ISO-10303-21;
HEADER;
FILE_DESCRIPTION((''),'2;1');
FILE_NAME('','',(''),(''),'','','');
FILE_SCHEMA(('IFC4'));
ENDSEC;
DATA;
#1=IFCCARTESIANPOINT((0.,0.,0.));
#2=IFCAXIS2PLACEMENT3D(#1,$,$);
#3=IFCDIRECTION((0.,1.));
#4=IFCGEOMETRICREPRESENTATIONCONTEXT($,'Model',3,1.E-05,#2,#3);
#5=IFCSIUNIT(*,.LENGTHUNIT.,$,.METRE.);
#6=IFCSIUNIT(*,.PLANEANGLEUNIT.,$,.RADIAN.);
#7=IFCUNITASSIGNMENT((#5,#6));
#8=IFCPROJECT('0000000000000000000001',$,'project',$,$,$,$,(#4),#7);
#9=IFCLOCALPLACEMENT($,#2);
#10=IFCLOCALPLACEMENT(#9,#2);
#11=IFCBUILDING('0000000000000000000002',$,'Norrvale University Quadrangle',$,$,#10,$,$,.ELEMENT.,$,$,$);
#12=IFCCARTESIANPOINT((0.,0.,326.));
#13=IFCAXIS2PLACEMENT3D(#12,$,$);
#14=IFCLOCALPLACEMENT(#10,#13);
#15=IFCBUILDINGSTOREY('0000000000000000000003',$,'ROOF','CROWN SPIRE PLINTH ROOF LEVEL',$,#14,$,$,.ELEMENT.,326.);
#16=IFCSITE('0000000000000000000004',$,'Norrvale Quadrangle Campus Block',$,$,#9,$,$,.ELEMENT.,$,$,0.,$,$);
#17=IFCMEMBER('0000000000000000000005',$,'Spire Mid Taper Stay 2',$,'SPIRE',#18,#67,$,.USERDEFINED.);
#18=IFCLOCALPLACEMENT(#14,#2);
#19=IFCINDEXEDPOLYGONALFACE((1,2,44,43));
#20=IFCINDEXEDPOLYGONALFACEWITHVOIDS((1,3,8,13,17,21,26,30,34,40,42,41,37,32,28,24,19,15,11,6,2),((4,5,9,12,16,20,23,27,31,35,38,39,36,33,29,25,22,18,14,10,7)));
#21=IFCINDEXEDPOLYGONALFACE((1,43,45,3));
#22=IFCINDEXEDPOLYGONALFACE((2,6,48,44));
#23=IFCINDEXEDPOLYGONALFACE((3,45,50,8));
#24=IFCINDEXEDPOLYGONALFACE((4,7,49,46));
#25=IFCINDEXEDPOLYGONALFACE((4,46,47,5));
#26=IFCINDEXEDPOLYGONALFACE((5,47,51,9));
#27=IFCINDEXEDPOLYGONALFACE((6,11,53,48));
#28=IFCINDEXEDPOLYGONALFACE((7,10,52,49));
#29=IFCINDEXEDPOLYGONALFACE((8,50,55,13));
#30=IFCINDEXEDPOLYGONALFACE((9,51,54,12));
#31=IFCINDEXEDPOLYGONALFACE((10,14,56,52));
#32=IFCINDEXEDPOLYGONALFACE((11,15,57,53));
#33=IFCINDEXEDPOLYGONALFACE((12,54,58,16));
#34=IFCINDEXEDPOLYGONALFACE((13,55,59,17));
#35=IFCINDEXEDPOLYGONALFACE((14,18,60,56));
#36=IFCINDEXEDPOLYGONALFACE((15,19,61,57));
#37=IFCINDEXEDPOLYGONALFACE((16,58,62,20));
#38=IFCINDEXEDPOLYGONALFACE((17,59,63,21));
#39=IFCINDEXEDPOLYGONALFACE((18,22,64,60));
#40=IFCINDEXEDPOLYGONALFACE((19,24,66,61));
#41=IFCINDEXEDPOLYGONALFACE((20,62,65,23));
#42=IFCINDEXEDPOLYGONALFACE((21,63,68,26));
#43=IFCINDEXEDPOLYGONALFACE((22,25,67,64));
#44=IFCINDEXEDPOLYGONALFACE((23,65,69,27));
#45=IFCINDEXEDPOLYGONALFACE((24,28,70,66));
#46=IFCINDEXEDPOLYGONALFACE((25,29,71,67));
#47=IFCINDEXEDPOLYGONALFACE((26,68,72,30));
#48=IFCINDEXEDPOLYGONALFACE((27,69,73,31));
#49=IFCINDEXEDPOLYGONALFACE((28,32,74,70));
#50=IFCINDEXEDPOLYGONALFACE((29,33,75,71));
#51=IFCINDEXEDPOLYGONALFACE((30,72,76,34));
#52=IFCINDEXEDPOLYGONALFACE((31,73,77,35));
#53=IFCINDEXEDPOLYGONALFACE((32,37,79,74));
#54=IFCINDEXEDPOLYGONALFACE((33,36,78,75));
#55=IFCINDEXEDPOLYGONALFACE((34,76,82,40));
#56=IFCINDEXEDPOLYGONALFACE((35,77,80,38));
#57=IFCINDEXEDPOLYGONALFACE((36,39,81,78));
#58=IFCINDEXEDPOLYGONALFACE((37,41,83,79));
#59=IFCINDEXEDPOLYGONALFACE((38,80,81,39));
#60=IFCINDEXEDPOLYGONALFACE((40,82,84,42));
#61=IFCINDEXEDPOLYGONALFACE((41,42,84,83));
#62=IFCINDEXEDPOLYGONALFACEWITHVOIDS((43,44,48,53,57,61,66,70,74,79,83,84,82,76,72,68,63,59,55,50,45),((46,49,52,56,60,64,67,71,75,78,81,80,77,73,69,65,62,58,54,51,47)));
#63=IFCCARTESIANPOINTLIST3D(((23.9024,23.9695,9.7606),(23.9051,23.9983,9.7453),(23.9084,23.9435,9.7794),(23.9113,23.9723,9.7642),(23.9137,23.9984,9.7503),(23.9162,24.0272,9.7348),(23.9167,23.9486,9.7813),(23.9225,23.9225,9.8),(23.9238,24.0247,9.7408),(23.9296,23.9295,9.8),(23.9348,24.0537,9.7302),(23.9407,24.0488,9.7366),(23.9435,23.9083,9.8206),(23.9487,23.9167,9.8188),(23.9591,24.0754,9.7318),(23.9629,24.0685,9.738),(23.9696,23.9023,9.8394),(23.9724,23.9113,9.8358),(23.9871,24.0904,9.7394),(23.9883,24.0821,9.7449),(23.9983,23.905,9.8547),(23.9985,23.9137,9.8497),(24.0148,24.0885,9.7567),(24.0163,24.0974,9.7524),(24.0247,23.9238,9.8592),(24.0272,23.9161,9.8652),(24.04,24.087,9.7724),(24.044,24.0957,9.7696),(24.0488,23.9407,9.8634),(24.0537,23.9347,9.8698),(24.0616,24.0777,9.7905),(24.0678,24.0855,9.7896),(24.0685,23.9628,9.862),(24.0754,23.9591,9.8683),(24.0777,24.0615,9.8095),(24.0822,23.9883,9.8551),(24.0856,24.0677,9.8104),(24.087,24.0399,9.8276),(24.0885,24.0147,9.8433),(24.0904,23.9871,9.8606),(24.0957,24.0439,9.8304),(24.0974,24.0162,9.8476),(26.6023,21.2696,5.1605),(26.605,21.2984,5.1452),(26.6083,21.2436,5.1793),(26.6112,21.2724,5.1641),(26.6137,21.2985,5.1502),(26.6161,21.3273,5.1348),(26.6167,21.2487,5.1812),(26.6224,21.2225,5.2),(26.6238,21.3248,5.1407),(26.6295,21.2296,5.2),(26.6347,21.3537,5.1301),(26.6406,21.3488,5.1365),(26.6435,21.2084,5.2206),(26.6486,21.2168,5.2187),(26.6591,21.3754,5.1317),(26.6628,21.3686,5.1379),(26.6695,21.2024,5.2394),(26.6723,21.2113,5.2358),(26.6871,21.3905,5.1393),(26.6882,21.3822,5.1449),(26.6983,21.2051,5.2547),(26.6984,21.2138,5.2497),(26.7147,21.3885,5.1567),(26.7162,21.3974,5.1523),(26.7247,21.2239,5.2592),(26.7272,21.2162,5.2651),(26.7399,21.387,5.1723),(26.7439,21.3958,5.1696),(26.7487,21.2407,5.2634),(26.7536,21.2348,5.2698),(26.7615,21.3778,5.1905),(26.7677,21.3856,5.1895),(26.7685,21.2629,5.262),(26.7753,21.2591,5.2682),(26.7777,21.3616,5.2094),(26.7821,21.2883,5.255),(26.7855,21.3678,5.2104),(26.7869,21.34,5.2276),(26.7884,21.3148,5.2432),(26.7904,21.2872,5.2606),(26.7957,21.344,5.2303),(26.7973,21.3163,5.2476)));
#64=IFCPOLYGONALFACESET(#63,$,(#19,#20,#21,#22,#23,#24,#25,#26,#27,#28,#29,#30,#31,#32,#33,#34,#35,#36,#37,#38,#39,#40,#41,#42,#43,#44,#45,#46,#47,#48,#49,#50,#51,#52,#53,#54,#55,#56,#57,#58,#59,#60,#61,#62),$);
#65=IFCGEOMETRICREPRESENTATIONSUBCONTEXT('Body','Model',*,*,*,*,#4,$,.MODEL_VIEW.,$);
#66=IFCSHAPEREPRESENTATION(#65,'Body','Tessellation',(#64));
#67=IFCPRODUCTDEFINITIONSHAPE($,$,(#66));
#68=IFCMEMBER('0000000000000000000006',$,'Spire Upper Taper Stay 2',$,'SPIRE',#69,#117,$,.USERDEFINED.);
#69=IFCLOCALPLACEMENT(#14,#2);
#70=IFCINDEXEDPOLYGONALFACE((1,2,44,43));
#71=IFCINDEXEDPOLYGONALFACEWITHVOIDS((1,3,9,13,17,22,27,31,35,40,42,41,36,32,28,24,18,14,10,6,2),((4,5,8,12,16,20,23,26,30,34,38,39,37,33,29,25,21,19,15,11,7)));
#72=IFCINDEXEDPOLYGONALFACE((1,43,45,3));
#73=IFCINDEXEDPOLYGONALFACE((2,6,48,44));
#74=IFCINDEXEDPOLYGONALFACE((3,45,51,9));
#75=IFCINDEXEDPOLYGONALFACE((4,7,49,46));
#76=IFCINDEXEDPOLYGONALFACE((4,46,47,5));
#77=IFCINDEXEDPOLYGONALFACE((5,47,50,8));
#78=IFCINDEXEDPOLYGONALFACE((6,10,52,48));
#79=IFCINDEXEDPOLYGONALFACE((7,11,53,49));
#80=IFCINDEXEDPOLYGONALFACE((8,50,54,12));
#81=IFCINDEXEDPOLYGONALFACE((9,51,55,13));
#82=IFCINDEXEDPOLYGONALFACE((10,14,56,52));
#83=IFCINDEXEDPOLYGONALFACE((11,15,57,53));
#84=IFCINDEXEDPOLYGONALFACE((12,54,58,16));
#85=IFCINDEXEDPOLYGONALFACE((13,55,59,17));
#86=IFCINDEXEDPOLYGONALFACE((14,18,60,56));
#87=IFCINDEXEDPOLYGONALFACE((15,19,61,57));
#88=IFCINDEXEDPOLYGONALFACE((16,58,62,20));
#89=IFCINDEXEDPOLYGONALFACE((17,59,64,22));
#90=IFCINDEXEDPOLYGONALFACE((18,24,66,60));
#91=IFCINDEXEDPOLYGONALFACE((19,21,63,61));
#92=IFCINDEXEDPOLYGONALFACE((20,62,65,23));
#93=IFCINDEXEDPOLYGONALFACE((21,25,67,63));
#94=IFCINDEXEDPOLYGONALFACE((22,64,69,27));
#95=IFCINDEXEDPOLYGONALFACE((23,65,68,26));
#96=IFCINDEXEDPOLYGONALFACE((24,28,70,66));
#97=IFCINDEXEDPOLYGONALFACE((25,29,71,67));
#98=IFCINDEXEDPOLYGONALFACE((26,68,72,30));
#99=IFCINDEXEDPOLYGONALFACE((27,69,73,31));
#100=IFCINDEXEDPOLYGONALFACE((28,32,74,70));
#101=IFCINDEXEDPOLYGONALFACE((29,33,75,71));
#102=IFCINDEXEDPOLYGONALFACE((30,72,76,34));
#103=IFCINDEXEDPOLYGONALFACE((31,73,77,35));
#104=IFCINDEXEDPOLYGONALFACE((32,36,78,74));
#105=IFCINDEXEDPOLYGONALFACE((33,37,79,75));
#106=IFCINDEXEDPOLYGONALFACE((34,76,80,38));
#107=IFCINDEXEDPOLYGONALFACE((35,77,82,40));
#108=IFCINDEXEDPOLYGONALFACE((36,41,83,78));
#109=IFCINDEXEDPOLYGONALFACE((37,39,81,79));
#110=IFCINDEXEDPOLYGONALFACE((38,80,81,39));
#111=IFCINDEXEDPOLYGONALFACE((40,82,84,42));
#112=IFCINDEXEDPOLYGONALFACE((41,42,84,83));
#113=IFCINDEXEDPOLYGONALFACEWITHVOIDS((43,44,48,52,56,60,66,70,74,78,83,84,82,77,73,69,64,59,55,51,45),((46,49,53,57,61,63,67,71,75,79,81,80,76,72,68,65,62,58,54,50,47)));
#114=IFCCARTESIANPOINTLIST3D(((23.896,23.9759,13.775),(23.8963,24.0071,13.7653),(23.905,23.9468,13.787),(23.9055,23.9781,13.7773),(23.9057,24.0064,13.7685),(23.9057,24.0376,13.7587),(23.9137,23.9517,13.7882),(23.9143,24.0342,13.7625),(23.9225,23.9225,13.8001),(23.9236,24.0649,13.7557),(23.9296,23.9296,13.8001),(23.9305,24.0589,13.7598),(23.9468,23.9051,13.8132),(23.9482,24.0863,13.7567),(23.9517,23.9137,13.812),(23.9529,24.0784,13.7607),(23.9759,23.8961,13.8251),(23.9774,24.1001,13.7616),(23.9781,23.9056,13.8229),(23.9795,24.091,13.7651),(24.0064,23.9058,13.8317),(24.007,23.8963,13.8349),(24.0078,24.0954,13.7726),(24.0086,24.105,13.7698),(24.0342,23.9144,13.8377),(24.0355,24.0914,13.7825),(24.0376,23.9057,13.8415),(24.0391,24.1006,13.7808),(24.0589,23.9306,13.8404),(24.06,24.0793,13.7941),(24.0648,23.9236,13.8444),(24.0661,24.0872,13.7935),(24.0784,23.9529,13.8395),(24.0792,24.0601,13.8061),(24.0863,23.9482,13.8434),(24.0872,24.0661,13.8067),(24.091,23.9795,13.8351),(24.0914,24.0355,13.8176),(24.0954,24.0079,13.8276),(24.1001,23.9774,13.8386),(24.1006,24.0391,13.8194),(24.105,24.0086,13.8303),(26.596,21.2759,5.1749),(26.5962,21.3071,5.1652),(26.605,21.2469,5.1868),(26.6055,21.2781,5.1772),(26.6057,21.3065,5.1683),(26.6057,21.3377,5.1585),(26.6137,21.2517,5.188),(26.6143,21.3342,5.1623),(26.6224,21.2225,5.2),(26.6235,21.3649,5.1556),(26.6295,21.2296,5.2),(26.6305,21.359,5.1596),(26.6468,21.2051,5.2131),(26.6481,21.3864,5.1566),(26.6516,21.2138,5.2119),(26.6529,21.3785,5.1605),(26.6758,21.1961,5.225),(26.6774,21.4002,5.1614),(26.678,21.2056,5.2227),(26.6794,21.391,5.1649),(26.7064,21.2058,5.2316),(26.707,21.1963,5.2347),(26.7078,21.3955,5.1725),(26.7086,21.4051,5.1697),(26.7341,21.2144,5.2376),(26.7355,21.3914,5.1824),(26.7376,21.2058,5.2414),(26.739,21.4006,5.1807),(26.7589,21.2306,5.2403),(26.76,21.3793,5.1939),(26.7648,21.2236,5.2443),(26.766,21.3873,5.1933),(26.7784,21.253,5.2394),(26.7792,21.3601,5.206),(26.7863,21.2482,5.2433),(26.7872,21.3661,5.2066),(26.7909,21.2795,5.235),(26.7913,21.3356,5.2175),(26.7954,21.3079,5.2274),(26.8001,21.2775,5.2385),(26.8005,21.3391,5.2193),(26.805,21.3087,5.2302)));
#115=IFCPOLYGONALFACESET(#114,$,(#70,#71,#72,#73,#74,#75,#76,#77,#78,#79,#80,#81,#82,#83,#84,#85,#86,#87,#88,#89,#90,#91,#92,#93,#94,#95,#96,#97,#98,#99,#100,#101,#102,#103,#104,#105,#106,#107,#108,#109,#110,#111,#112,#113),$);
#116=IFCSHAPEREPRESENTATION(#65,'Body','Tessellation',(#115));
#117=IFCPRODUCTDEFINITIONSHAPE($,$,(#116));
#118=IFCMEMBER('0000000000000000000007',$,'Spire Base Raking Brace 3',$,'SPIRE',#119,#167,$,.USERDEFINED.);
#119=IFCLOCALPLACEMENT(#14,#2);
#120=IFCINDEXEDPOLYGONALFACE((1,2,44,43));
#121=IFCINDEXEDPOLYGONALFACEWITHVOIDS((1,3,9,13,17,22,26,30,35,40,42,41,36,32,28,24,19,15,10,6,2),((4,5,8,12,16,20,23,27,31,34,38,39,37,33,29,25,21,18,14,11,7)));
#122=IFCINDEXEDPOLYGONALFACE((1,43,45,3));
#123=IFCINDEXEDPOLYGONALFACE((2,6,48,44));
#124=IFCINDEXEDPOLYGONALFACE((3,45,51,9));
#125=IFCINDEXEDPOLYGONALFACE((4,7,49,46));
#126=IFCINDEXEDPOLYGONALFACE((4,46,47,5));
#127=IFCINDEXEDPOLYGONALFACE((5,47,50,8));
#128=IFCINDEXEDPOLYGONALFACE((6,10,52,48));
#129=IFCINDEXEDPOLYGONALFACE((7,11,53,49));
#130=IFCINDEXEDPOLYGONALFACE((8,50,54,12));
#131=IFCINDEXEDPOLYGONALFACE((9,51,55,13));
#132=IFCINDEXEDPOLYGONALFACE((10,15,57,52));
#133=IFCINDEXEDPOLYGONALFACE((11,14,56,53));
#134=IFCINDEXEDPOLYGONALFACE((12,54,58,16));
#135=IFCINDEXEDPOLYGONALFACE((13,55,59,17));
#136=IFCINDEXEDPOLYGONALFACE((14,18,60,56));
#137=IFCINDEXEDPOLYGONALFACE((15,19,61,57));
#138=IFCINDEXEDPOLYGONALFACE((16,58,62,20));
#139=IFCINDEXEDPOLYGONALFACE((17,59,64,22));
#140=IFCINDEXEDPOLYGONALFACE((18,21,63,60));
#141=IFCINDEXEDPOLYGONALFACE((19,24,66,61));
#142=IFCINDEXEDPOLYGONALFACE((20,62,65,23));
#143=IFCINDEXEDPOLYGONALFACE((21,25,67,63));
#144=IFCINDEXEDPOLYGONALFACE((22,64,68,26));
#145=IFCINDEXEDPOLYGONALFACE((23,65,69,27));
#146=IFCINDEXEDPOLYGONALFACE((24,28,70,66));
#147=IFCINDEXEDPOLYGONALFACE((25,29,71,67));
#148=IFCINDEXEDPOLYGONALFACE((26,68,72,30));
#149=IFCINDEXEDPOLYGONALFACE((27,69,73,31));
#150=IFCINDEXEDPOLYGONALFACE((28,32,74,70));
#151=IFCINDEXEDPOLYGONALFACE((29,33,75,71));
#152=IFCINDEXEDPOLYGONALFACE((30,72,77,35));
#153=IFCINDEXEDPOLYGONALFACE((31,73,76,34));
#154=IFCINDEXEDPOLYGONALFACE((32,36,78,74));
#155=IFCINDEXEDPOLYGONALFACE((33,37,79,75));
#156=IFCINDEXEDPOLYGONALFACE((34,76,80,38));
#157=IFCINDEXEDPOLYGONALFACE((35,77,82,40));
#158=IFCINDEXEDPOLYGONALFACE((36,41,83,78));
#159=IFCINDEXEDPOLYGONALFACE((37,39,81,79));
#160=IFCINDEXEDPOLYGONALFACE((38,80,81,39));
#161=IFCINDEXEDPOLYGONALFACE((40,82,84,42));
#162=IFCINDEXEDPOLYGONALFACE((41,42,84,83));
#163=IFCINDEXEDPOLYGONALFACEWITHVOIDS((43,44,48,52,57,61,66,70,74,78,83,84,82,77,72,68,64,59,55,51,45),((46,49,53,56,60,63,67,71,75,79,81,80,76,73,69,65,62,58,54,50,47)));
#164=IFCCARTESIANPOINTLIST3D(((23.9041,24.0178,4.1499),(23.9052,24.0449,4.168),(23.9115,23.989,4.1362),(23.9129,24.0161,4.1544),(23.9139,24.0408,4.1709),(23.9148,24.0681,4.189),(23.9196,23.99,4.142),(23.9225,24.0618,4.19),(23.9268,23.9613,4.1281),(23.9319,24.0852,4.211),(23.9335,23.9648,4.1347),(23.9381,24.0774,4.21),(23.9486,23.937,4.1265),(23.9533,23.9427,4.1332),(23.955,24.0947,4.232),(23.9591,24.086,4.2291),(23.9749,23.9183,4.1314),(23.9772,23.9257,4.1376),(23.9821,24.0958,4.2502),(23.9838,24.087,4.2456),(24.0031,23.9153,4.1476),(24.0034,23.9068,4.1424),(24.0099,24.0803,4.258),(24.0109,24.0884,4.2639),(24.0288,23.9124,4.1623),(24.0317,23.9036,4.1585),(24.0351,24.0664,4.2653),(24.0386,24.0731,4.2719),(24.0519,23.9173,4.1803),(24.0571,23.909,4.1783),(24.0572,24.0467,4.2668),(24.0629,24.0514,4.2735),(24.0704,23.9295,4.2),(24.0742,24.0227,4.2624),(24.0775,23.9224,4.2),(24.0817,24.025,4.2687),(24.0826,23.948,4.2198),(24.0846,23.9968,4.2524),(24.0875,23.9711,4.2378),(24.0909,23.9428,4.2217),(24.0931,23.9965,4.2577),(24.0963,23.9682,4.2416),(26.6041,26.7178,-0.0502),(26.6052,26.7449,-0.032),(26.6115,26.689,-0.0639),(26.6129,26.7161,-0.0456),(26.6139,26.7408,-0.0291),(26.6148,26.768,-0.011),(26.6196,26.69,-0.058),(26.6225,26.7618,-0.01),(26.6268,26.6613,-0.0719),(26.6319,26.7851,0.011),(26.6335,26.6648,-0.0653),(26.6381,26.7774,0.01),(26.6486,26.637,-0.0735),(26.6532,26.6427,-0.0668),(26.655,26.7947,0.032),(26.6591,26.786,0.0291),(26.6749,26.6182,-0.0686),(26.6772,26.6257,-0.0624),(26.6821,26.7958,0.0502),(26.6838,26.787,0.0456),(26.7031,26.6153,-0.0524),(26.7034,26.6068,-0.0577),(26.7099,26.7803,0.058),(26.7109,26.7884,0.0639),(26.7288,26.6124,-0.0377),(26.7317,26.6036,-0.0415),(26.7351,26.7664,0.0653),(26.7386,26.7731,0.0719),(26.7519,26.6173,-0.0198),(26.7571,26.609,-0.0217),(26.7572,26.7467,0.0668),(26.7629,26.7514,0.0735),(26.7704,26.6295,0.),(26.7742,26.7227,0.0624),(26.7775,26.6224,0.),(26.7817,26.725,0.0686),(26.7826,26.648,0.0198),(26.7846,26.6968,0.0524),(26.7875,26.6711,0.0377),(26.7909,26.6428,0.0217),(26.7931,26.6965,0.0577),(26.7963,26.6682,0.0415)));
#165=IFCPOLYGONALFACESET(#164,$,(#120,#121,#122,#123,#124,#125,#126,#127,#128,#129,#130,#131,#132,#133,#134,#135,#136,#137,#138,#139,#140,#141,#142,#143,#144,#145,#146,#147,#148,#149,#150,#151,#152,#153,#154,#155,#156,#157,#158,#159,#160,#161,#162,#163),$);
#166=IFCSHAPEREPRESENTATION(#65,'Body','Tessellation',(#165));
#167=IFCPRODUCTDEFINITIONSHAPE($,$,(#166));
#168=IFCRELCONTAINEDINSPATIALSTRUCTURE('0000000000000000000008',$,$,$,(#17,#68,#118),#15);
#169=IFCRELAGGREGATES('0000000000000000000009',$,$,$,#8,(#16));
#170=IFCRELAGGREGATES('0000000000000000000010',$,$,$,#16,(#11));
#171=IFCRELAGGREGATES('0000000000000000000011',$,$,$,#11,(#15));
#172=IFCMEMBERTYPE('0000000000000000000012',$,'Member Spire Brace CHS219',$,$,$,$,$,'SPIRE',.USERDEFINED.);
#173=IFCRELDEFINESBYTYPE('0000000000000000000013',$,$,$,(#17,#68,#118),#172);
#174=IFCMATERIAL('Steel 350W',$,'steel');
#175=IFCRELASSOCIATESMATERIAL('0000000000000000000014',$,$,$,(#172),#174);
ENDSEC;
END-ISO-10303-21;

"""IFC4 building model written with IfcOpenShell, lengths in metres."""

from ifc_helpers import new_model, si_unit, direction, frame, origin, origin_2d, place, context, subcontext, project, spatial, hollow_circle, extrude, material, material_profile, profile_set, type_object, element, save


model = new_model("IFC4")

# Units and contexts
model_context = context("Model", 3, precision=1e-05, world=origin(), true_north=direction((0.0, 1.0)))
body_context = subcontext(model_context, "Body", "Model", "MODEL_VIEW")
ifc_project = project(units=[si_unit("LENGTHUNIT", "METRE"), si_unit("PLANEANGLEUNIT", "RADIAN")], contexts=[model_context])

# Site, building, storey
site_placement = place(None, origin())
site = spatial("IfcSite", under=ifc_project, at=site_placement, Name="Norrvale Quadrangle Campus Block", CompositionType="ELEMENT", RefElevation=0.0)
building_placement = place(site_placement, origin())
building = spatial("IfcBuilding", under=site, at=building_placement, Name="Norrvale University Quadrangle", CompositionType="ELEMENT")
storey_placement = place(building_placement, frame((0.0, 0.0, 326.0)))
storey = spatial("IfcBuildingStorey", under=building, at=storey_placement, Name="ROOF", Description="CROWN SPIRE PLINTH ROOF LEVEL", CompositionType="ELEMENT", Elevation=326.0)

# Shared definitions
ifc_material_1 = material(Name="Steel 350W", Category="steel")

# Members
ifc_material_profile_1 = material_profile(ifc_material_1, hollow_circle(Radius=0.1096, WallThickness=0.01, at=origin_2d()), Name="Steel 350W")
ifc_profile_set_1 = profile_set([ifc_material_profile_1], Name="Steel 350W")
member_type_1 = type_object("IfcMemberType", Name="Member Spire Brace CHS219", ElementType="SPIRE", PredefinedType="USERDEFINED", material=ifc_profile_set_1)
member_1_placement = place(storey_placement, frame((26.7, 21.3, 5.2), z_axis=(-0.451623, 0.451623, 0.769463), x_axis=(-0.707107, -0.707107, 0.0)))
element("IfcMember", 1, at=member_1_placement, inside=storey, type_object=member_type_1, Name="Spire Mid Taper Stay 2", ObjectType="SPIRE", PredefinedType="USERDEFINED", context=body_context, shape_type="SweptSolid", body=[
    extrude(hollow_circle(Radius=0.1096, WallThickness=0.01, at=origin_2d()), origin(), (0.0, 0.0, 1.0), 5.9783),
])
member_2_placement = place(storey_placement, frame((26.7, 21.3, 5.2), z_axis=(-0.286935, 0.286935, 0.913968), x_axis=(-0.707107, -0.707107, 0.0)))
element("IfcMember", 2, at=member_2_placement, inside=storey, type_object=member_type_1, Name="Spire Upper Taper Stay 2", ObjectType="SPIRE", PredefinedType="USERDEFINED", context=body_context, shape_type="SweptSolid", body=[
    extrude(hollow_circle(Radius=0.1096, WallThickness=0.01, at=origin_2d()), origin(), (0.0, 0.0, 1.0), 9.4097),
])
member_3_placement = place(storey_placement, frame((26.7, 26.7, 0.0), z_axis=(-0.475663, -0.475663, 0.739925), x_axis=(0.707107, -0.707107, 0.0)))
element("IfcMember", 3, at=member_3_placement, inside=storey, type_object=member_type_1, Name="Spire Base Raking Brace 3", ObjectType="SPIRE", PredefinedType="USERDEFINED", context=body_context, shape_type="SweptSolid", body=[
    extrude(hollow_circle(Radius=0.1096, WallThickness=0.01, at=origin_2d()), origin(), (0.0, 0.0, 1.0), 5.6763),
])

save(model, "model.ifc")
